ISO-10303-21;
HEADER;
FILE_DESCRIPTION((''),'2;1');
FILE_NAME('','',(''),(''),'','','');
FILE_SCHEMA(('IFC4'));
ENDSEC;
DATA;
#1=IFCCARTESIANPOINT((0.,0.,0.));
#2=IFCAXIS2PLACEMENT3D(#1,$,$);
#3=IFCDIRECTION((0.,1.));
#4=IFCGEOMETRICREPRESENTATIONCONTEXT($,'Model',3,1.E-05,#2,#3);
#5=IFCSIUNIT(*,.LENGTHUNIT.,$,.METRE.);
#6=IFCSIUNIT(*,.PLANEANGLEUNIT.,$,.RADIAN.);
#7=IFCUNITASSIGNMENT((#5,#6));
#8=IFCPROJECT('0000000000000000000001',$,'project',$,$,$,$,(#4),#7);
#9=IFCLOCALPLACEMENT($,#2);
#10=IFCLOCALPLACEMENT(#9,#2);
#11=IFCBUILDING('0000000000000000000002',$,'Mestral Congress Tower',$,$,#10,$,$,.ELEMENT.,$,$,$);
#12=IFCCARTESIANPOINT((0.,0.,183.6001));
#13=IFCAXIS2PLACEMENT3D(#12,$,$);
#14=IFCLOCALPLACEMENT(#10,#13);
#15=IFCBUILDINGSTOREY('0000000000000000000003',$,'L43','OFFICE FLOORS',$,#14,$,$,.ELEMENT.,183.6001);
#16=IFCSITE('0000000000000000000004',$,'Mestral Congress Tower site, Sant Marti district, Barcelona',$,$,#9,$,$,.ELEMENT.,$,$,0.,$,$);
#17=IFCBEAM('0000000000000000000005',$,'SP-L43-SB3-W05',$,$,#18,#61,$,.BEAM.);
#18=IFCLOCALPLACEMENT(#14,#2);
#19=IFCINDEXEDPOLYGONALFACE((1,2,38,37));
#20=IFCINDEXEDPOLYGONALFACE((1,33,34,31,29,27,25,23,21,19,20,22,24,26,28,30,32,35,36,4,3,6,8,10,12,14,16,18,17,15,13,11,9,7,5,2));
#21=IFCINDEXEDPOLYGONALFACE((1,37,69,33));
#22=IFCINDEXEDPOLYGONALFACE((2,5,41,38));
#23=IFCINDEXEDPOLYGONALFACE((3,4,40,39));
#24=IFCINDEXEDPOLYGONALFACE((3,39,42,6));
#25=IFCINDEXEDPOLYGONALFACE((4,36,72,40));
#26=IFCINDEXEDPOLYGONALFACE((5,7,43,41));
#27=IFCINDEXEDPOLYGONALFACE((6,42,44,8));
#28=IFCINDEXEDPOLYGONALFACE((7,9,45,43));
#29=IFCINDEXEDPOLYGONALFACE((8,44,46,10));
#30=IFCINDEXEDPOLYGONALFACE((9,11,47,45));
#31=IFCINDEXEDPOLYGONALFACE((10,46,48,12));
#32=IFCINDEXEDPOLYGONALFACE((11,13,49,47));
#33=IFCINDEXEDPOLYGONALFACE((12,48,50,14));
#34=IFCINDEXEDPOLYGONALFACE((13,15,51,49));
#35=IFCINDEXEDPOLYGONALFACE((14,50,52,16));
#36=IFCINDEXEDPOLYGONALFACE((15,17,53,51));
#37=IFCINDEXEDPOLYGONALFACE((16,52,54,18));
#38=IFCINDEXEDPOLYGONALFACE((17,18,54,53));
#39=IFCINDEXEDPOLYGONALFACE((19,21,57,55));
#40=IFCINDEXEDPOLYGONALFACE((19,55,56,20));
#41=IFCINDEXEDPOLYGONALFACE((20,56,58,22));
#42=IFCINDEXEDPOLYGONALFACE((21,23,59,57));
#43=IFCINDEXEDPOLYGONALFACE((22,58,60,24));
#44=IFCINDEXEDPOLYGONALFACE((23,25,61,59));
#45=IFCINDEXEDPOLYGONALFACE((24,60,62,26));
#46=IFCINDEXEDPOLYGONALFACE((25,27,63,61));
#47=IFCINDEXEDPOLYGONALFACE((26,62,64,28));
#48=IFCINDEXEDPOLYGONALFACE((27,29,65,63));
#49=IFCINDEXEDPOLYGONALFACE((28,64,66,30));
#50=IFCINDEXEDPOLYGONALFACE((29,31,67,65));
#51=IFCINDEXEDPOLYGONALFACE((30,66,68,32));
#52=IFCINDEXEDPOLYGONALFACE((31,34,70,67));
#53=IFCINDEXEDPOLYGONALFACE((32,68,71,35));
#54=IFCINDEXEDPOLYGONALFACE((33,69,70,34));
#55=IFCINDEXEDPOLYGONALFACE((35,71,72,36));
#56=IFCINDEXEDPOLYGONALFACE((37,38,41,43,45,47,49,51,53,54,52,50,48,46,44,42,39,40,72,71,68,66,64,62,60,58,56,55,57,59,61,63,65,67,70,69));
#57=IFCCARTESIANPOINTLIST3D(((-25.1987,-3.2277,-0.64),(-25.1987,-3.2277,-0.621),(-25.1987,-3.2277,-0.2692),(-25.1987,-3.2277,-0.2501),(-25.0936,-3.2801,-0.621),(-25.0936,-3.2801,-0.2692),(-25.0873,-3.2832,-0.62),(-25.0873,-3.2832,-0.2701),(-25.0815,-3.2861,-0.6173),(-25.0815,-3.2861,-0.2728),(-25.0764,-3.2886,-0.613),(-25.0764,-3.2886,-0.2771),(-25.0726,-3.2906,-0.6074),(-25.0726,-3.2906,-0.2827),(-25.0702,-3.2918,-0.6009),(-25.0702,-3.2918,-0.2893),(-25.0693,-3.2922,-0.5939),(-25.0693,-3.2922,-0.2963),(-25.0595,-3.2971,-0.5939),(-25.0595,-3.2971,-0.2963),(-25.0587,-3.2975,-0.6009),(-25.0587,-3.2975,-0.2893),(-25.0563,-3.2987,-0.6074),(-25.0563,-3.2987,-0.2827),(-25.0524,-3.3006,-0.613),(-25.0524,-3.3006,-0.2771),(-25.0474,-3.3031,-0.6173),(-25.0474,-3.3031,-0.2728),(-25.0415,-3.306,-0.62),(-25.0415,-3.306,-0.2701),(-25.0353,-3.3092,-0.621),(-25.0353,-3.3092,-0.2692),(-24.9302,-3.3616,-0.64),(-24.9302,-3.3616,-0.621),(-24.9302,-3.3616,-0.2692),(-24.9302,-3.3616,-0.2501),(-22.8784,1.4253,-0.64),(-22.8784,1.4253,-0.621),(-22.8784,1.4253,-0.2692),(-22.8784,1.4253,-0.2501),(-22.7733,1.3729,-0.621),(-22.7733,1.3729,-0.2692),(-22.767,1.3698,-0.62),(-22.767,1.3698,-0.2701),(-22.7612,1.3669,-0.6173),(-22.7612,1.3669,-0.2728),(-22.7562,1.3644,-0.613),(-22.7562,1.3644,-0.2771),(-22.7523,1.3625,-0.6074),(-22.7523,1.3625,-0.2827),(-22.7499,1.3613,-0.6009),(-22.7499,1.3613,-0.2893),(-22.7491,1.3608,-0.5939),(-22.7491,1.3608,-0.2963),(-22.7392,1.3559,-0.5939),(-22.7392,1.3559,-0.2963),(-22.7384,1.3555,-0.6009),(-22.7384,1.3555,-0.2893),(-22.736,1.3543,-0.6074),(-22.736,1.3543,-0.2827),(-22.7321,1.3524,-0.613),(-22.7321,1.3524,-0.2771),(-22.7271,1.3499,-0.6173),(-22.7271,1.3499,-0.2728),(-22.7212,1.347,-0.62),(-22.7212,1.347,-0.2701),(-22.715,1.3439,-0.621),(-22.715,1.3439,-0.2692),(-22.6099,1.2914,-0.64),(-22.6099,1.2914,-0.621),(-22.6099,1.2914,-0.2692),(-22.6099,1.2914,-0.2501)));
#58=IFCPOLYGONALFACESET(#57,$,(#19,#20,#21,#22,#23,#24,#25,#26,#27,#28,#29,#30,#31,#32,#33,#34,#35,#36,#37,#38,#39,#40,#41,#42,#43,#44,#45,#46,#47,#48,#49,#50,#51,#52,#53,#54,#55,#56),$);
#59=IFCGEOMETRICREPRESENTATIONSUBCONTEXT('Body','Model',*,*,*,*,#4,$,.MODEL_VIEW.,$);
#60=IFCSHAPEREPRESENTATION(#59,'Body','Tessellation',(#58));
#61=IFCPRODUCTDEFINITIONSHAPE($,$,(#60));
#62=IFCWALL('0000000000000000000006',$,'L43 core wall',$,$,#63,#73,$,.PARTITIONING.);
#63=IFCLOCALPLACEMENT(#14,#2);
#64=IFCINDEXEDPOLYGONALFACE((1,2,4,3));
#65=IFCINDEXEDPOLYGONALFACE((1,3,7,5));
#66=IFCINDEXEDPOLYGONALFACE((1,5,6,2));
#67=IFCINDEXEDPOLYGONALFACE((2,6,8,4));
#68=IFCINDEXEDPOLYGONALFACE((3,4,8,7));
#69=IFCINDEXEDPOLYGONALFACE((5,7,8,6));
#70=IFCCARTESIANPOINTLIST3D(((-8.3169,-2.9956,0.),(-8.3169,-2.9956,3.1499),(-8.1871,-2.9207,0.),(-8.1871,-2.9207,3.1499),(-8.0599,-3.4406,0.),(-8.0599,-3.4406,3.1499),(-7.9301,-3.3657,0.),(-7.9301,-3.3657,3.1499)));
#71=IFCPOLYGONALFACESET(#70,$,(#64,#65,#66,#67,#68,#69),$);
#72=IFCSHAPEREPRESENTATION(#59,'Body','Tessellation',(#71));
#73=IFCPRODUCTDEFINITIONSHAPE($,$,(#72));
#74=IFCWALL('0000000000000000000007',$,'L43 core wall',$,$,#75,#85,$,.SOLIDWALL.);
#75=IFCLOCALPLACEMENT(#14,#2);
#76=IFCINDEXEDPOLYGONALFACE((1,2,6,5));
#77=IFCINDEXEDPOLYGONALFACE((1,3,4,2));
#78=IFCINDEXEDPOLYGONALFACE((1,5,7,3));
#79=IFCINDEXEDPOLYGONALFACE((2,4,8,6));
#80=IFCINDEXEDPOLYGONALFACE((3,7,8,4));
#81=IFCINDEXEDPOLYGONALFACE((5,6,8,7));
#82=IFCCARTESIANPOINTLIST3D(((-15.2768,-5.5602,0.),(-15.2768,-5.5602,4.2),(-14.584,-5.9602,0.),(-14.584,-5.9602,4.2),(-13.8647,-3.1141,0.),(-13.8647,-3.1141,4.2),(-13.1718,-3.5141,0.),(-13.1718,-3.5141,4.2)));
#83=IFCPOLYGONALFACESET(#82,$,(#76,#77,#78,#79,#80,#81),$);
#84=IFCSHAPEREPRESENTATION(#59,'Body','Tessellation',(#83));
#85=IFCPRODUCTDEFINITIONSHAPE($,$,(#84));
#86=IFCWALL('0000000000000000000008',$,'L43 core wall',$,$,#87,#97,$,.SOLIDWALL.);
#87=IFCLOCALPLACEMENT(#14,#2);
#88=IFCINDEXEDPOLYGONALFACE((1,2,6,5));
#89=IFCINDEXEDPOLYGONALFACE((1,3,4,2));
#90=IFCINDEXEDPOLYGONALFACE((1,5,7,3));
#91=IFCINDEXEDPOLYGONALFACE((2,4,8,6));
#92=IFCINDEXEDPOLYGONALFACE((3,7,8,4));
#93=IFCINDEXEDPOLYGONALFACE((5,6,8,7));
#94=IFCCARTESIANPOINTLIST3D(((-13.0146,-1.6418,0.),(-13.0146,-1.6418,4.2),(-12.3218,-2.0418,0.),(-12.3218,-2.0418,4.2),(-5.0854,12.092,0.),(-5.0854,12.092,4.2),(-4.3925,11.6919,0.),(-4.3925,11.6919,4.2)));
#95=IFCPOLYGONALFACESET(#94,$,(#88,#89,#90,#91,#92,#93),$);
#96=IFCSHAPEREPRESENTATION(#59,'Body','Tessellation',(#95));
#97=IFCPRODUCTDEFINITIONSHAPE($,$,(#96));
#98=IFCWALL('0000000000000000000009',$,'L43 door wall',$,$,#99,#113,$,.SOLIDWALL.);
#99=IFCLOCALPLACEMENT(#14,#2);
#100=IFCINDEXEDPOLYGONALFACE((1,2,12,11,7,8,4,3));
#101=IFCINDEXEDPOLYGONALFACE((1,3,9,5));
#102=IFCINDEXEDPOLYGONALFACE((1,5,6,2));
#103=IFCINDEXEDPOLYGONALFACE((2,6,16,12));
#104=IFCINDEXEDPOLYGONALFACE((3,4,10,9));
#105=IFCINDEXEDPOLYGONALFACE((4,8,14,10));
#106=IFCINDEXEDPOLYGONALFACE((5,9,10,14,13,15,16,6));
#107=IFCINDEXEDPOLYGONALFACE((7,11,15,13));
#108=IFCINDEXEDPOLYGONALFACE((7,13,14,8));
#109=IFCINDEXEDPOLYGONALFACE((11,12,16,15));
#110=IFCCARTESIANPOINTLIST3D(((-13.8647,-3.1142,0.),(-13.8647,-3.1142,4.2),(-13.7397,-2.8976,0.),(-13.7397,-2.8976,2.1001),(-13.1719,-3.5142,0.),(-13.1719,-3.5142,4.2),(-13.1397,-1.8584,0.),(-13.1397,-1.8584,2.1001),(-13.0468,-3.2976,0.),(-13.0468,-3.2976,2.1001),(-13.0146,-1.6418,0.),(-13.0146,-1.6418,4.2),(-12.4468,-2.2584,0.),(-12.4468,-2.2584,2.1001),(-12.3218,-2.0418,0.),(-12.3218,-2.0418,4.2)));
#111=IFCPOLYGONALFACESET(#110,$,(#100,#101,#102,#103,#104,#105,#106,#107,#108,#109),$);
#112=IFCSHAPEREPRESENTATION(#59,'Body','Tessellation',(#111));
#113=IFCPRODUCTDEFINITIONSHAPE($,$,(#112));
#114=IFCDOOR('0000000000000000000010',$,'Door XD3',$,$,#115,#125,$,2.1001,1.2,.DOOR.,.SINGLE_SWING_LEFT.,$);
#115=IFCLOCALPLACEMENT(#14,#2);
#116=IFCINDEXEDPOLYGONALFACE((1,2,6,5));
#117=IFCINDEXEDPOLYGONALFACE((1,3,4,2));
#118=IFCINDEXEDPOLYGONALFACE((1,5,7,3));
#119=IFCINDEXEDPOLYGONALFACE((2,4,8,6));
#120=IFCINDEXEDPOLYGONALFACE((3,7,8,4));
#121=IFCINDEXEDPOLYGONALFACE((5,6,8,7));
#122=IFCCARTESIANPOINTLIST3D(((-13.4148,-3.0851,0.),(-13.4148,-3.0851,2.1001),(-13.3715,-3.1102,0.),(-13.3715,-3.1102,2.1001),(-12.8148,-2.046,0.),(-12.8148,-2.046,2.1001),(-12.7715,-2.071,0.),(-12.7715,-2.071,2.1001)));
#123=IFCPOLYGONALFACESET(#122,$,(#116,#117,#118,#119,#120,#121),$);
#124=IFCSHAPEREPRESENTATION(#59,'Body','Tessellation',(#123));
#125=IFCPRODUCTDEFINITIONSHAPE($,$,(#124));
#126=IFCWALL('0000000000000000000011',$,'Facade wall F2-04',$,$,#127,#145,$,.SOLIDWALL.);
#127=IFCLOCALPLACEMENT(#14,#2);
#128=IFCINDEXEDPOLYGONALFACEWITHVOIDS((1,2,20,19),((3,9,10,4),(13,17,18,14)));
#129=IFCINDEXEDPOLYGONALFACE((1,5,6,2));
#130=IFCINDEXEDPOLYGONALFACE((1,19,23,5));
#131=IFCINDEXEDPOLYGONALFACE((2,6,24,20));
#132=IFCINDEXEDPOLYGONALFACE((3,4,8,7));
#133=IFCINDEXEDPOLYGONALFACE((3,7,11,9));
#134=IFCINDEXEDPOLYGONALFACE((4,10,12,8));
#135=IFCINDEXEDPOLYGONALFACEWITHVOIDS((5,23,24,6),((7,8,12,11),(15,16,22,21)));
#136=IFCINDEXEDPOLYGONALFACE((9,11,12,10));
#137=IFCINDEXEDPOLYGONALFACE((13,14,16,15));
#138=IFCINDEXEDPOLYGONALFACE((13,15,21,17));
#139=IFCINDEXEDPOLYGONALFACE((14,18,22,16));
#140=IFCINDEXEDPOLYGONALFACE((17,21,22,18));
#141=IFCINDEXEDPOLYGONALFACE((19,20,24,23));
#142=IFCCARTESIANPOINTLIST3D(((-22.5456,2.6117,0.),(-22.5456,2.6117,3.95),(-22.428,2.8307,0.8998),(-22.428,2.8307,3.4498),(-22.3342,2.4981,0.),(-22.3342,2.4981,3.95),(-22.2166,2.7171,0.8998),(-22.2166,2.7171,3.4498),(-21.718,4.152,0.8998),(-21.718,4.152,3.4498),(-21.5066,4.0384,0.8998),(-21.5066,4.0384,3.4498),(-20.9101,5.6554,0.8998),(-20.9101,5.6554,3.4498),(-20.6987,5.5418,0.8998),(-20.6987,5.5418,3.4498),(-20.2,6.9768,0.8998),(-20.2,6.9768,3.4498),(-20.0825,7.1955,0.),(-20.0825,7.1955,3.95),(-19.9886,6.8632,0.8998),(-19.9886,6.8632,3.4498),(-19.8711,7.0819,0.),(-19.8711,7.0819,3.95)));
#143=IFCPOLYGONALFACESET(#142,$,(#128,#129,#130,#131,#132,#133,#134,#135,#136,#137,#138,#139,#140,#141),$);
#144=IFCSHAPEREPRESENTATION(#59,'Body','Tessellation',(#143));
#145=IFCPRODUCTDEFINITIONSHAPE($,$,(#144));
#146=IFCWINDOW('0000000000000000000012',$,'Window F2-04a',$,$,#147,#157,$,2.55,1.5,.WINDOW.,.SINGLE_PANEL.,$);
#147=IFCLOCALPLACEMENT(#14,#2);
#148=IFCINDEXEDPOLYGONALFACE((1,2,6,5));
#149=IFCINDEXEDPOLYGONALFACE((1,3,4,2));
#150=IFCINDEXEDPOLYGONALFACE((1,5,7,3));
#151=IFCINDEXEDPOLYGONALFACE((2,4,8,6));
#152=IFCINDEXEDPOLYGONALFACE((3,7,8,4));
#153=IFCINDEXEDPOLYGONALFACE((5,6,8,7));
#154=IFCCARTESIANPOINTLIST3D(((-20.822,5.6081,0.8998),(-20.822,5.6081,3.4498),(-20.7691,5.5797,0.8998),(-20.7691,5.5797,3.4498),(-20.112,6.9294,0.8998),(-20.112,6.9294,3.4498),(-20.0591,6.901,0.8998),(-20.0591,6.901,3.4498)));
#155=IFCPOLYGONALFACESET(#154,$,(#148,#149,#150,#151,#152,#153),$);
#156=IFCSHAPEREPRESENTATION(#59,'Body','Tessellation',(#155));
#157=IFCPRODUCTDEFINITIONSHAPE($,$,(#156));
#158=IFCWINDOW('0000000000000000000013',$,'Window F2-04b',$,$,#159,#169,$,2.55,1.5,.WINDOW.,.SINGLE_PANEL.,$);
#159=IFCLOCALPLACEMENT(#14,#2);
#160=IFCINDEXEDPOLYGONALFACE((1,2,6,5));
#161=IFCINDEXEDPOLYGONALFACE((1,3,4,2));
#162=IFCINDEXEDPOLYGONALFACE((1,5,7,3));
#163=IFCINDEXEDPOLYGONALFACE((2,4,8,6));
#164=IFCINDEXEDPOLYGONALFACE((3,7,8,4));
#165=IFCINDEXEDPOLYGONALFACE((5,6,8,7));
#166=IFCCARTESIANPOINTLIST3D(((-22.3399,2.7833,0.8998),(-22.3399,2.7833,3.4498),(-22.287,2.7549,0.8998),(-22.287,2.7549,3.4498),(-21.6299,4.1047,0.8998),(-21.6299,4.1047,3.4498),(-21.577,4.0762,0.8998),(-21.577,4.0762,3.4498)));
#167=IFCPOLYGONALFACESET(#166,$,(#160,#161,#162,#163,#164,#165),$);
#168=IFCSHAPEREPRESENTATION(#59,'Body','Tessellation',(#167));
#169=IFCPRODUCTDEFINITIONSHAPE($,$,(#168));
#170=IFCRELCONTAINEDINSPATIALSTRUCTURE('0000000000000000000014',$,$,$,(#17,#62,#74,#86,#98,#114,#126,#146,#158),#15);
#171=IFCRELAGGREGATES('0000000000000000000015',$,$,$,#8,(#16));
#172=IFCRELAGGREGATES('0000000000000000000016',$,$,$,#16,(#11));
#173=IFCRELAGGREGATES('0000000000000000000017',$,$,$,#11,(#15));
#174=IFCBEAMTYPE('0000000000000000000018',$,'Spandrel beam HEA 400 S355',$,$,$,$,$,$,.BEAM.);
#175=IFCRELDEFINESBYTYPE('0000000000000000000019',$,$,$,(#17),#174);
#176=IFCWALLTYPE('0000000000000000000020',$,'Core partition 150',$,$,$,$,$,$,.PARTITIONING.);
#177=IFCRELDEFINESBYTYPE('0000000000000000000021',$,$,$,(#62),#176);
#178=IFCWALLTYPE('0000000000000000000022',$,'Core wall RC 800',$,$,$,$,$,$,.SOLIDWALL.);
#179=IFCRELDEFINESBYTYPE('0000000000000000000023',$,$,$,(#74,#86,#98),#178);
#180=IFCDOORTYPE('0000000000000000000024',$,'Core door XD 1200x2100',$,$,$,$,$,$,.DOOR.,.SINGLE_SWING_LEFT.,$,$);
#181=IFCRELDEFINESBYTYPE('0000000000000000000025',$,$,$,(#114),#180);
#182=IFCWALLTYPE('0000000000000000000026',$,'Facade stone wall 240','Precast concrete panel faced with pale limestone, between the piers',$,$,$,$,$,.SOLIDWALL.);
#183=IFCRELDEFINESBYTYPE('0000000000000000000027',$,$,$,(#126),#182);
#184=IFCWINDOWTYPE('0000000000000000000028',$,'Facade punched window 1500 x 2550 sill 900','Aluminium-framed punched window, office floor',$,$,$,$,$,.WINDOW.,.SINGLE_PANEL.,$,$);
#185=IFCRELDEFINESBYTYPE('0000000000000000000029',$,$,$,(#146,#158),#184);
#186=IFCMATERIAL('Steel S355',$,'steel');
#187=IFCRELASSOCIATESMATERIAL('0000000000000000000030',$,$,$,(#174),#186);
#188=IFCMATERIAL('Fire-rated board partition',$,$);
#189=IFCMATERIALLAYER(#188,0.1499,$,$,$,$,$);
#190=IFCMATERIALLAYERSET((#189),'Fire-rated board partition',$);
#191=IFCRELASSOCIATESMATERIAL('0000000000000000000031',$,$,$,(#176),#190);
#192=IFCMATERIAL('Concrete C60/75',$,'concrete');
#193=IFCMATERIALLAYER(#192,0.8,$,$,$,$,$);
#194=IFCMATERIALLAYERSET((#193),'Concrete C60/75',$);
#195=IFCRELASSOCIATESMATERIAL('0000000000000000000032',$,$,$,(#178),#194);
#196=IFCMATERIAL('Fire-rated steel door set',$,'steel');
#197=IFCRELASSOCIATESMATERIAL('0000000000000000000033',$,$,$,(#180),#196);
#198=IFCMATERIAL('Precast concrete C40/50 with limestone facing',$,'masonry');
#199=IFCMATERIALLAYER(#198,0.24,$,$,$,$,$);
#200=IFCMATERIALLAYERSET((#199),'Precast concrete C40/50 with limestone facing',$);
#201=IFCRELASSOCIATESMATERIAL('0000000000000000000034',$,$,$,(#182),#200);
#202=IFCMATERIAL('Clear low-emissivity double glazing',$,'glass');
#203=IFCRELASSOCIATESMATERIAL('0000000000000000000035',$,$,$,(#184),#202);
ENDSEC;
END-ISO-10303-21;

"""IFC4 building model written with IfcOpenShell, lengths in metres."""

from ifc_helpers import new_model, si_unit, direction, frame, frame_2d, origin, origin_2d, place, context, subcontext, project, spatial, rectangle, i_section, extrude, material, layer, layer_set, material_profile, profile_set, type_object, element, fill, save


model = new_model("IFC4")

# Units and contexts
model_context = context("Model", 3, precision=1e-05, world=origin(), true_north=direction((0.0, 1.0)))
body_context = subcontext(model_context, "Body", "Model", "MODEL_VIEW")
ifc_project = project(units=[si_unit("LENGTHUNIT", "METRE"), si_unit("PLANEANGLEUNIT", "RADIAN")], contexts=[model_context])

# Site, building, storey
site_placement = place(None, origin())
site = spatial("IfcSite", under=ifc_project, at=site_placement, Name="Mestral Congress Tower site, Sant Marti district, Barcelona", CompositionType="ELEMENT", RefElevation=0.0)
building_placement = place(site_placement, origin())
building = spatial("IfcBuilding", under=site, at=building_placement, Name="Mestral Congress Tower", CompositionType="ELEMENT")
storey_placement = place(building_placement, frame((0.0, 0.0, 183.6001)))
storey = spatial("IfcBuildingStorey", under=building, at=storey_placement, Name="L43", Description="OFFICE FLOORS", CompositionType="ELEMENT", Elevation=183.6001)

# Shared definitions
ifc_material_1 = material(Name="Concrete C60/75", Category="concrete")

# Beam
ifc_material_2 = material(Name="Steel S355", Category="steel")
ifc_material_profile_1 = material_profile(ifc_material_2, i_section(OverallWidth=0.3, OverallDepth=0.3899, WebThickness=0.011, FlangeThickness=0.019, FilletRadius=0.0271, at=origin_2d()), Name="HEA 400")
ifc_profile_set_1 = profile_set([ifc_material_profile_1], Name="Steel S355")
beam_type_1 = type_object("IfcBeamType", Name="Spandrel beam HEA 400 S355", PredefinedType="BEAM", material=ifc_profile_set_1)
beam_1_placement = place(storey_placement, frame((-22.7441, 1.3584, -0.4451), z_axis=(-0.446255, -0.894906, 0.0), x_axis=(0.894906, -0.446255, 0.0)))
element("IfcBeam", 1, at=beam_1_placement, inside=storey, type_object=beam_type_1, Name="SP-L43-SB3-W05", PredefinedType="BEAM", context=body_context, shape_type="SweptSolid", body=[
    extrude(i_section(OverallWidth=0.3, OverallDepth=0.3899, WebThickness=0.011, FlangeThickness=0.019, FilletRadius=0.0271, at=origin_2d()), origin(), (0.0, 0.0, 1.0), 5.1995),
])

# Walls
ifc_material_3 = material(Name="Fire-rated board partition")
ifc_layer_1 = layer(ifc_material_3, 0.1499)
ifc_layer_set_1 = layer_set([ifc_layer_1], Name="Fire-rated board partition")
wall_type_1 = type_object("IfcWallType", Name="Core partition 150", PredefinedType="PARTITIONING", material=ifc_layer_set_1)
wall_1_placement = place(storey_placement, frame((-8.252, -2.9583, 0.0), z_axis=(0.0, 0.0, 1.0), x_axis=(0.500175, -0.865925, 0.0)))
element("IfcWall", 2, at=wall_1_placement, inside=storey, type_object=wall_type_1, Name="L43 core wall", PredefinedType="PARTITIONING", context=body_context, shape_type="SweptSolid", body=[
    extrude(rectangle(XDim=0.5139, YDim=0.1499, at=frame_2d((0.2568, 0.0))), origin(), (0.0, 0.0, 1.0), 3.1499),
])
ifc_layer_2 = layer(ifc_material_1, 0.8)
ifc_layer_set_2 = layer_set([ifc_layer_2], Name="Concrete C60/75")
wall_type_2 = type_object("IfcWallType", Name="Core wall RC 800", PredefinedType="SOLIDWALL", material=ifc_layer_set_2)
wall_2_placement = place(storey_placement, frame((-13.5183, -3.3142, 0.0), z_axis=(0.0, 0.0, 1.0), x_axis=(-0.499969, -0.866043, 0.0)))
element("IfcWall", 3, at=wall_2_placement, inside=storey, type_object=wall_type_2, Name="L43 core wall", PredefinedType="SOLIDWALL", context=body_context, shape_type="SweptSolid", body=[
    extrude(rectangle(XDim=2.8245, YDim=0.8, at=frame_2d((1.4121, 0.0))), origin(), (0.0, 0.0, 1.0), 4.2),
])
wall_3_placement = place(storey_placement, frame((-12.6682, -1.8418, 0.0), z_axis=(0.0, 0.0, 1.0), x_axis=(0.500004, 0.866023, 0.0)))
element("IfcWall", 4, at=wall_3_placement, inside=storey, type_object=wall_type_2, Name="L43 core wall", PredefinedType="SOLIDWALL", context=body_context, shape_type="SweptSolid", body=[
    extrude(rectangle(XDim=15.8584, YDim=0.8, at=frame_2d((7.9292, 0.0))), origin(), (0.0, 0.0, 1.0), 4.2),
])

# Wall, opening, door
wall_4_placement = place(storey_placement, frame((-13.5183, -3.3142, 0.0), z_axis=(0.0, 0.0, 1.0), x_axis=(0.5, 0.866025, 0.0)))
wall_4 = element("IfcWall", 5, at=wall_4_placement, inside=storey, type_object=wall_type_2, Name="L43 door wall", PredefinedType="SOLIDWALL", context=body_context, shape_type="SweptSolid", body=[
    extrude(rectangle(XDim=1.7002, YDim=0.8, at=frame_2d((0.8501, 0.0))), origin(), (0.0, 0.0, 1.0), 4.2),
])
opening_1_placement = place(wall_4_placement, frame((0.25, 0.0, 0.0)))
opening_1 = element("IfcOpeningElement", 6, at=opening_1_placement, cuts=wall_4, PredefinedType="OPENING", context=body_context, shape_type="SweptSolid", body=[
    extrude(rectangle(XDim=1.2, YDim=2.1001, at=frame_2d((0.6001, 1.05))), frame((0.0, 0.4099, 0.0), z_axis=(0.0, -1.0, 0.0), x_axis=(1.0, 0.0, 0.0)), (0.0, 0.0, 1.0), 0.8201),
])
ifc_material_4 = material(Name="Fire-rated steel door set", Category="steel")
door_type_1 = type_object("IfcDoorType", Name="Core door XD 1200x2100", OperationType="SINGLE_SWING_LEFT", PredefinedType="DOOR", material=ifc_material_4)
door_1_placement = place(opening_1_placement, origin())
door_1 = element("IfcDoor", 7, at=door_1_placement, inside=storey, type_object=door_type_1, Name="Door XD3", OperationType="SINGLE_SWING_LEFT", OverallHeight=2.1001, OverallWidth=1.2, PredefinedType="DOOR", context=body_context, shape_type="SweptSolid", body=[
    extrude(rectangle(XDim=1.2, YDim=2.1001, at=frame_2d((0.6001, 1.05))), frame((0.0, 0.0249, 0.0), z_axis=(0.0, -1.0, 0.0), x_axis=(1.0, 0.0, 0.0)), (0.0, 0.0, 1.0), 0.05),
])
fill(opening_1, door_1)

# Wall, openings, windows
ifc_material_5 = material(Name="Precast concrete C40/50 with limestone facing", Category="masonry")
ifc_layer_3 = layer(ifc_material_5, 0.24)
ifc_layer_set_3 = layer_set([ifc_layer_3], Name="Precast concrete C40/50 with limestone facing")
wall_type_3 = type_object("IfcWallType", Name="Facade stone wall 240", Description="Precast concrete panel faced with pale limestone, between the piers", PredefinedType="SOLIDWALL", material=ifc_layer_set_3)
wall_5_placement = place(storey_placement, frame((-19.9768, 7.1387, 0.0), z_axis=(0.0, 0.0, 1.0), x_axis=(-0.47335, -0.880875, 0.0)))
wall_5 = element("IfcWall", 8, at=wall_5_placement, inside=storey, type_object=wall_type_3, Name="Facade wall F2-04", PredefinedType="SOLIDWALL", context=body_context, shape_type="SweptSolid", body=[
    extrude(rectangle(XDim=5.2036, YDim=0.24, at=frame_2d((2.6018, 0.0))), origin(), (0.0, 0.0, 1.0), 3.95),
])
opening_2_placement = place(wall_5_placement, frame((0.2483, 0.0, 0.8999)))
opening_2 = element("IfcOpeningElement", 9, at=opening_2_placement, cuts=wall_5, PredefinedType="OPENING", context=body_context, shape_type="SweptSolid", body=[
    extrude(rectangle(XDim=1.5, YDim=2.55, at=frame_2d((0.75, 1.2749))), frame((0.0, 0.1299, 0.0), z_axis=(0.0, -1.0, 0.0), x_axis=(1.0, 0.0, 0.0)), (0.0, 0.0, 1.0), 0.26),
])
opening_3_placement = place(wall_5_placement, frame((3.4551, 0.0, 0.8999)))
opening_3 = element("IfcOpeningElement", 10, at=opening_3_placement, cuts=wall_5, PredefinedType="OPENING", context=body_context, shape_type="SweptSolid", body=[
    extrude(rectangle(XDim=1.5, YDim=2.55, at=frame_2d((0.75, 1.2749))), frame((0.0, 0.1299, 0.0), z_axis=(0.0, -1.0, 0.0), x_axis=(1.0, 0.0, 0.0)), (0.0, 0.0, 1.0), 0.26),
])
ifc_material_6 = material(Name="Clear low-emissivity double glazing", Category="glass")
window_type = type_object("IfcWindowType", Name="Facade punched window 1500 x 2550 sill 900", Description="Aluminium-framed punched window, office floor", PartitioningType="SINGLE_PANEL", PredefinedType="WINDOW", material=ifc_material_6)
window_1_placement = place(opening_2_placement, origin())
window_1 = element("IfcWindow", 11, at=window_1_placement, inside=storey, type_object=window_type, Name="Window F2-04a", OverallHeight=2.55, OverallWidth=1.5, PartitioningType="SINGLE_PANEL", PredefinedType="WINDOW", context=body_context, shape_type="SweptSolid", body=[
    extrude(rectangle(XDim=1.5, YDim=2.55, at=frame_2d((0.75, 1.2749))), frame((0.0, 0.04, 0.0), z_axis=(0.0, -1.0, 0.0), x_axis=(1.0, 0.0, 0.0)), (0.0, 0.0, 1.0), 0.0601),
])
fill(opening_2, window_1)
window_2_placement = place(opening_3_placement, origin())
window_2 = element("IfcWindow", 12, at=window_2_placement, inside=storey, type_object=window_type, Name="Window F2-04b", OverallHeight=2.55, OverallWidth=1.5, PartitioningType="SINGLE_PANEL", PredefinedType="WINDOW", context=body_context, shape_type="SweptSolid", body=[
    extrude(rectangle(XDim=1.5, YDim=2.55, at=frame_2d((0.75, 1.2749))), frame((0.0, 0.04, 0.0), z_axis=(0.0, -1.0, 0.0), x_axis=(1.0, 0.0, 0.0)), (0.0, 0.0, 1.0), 0.0601),
])
fill(opening_3, window_2)

save(model, "model.ifc")
